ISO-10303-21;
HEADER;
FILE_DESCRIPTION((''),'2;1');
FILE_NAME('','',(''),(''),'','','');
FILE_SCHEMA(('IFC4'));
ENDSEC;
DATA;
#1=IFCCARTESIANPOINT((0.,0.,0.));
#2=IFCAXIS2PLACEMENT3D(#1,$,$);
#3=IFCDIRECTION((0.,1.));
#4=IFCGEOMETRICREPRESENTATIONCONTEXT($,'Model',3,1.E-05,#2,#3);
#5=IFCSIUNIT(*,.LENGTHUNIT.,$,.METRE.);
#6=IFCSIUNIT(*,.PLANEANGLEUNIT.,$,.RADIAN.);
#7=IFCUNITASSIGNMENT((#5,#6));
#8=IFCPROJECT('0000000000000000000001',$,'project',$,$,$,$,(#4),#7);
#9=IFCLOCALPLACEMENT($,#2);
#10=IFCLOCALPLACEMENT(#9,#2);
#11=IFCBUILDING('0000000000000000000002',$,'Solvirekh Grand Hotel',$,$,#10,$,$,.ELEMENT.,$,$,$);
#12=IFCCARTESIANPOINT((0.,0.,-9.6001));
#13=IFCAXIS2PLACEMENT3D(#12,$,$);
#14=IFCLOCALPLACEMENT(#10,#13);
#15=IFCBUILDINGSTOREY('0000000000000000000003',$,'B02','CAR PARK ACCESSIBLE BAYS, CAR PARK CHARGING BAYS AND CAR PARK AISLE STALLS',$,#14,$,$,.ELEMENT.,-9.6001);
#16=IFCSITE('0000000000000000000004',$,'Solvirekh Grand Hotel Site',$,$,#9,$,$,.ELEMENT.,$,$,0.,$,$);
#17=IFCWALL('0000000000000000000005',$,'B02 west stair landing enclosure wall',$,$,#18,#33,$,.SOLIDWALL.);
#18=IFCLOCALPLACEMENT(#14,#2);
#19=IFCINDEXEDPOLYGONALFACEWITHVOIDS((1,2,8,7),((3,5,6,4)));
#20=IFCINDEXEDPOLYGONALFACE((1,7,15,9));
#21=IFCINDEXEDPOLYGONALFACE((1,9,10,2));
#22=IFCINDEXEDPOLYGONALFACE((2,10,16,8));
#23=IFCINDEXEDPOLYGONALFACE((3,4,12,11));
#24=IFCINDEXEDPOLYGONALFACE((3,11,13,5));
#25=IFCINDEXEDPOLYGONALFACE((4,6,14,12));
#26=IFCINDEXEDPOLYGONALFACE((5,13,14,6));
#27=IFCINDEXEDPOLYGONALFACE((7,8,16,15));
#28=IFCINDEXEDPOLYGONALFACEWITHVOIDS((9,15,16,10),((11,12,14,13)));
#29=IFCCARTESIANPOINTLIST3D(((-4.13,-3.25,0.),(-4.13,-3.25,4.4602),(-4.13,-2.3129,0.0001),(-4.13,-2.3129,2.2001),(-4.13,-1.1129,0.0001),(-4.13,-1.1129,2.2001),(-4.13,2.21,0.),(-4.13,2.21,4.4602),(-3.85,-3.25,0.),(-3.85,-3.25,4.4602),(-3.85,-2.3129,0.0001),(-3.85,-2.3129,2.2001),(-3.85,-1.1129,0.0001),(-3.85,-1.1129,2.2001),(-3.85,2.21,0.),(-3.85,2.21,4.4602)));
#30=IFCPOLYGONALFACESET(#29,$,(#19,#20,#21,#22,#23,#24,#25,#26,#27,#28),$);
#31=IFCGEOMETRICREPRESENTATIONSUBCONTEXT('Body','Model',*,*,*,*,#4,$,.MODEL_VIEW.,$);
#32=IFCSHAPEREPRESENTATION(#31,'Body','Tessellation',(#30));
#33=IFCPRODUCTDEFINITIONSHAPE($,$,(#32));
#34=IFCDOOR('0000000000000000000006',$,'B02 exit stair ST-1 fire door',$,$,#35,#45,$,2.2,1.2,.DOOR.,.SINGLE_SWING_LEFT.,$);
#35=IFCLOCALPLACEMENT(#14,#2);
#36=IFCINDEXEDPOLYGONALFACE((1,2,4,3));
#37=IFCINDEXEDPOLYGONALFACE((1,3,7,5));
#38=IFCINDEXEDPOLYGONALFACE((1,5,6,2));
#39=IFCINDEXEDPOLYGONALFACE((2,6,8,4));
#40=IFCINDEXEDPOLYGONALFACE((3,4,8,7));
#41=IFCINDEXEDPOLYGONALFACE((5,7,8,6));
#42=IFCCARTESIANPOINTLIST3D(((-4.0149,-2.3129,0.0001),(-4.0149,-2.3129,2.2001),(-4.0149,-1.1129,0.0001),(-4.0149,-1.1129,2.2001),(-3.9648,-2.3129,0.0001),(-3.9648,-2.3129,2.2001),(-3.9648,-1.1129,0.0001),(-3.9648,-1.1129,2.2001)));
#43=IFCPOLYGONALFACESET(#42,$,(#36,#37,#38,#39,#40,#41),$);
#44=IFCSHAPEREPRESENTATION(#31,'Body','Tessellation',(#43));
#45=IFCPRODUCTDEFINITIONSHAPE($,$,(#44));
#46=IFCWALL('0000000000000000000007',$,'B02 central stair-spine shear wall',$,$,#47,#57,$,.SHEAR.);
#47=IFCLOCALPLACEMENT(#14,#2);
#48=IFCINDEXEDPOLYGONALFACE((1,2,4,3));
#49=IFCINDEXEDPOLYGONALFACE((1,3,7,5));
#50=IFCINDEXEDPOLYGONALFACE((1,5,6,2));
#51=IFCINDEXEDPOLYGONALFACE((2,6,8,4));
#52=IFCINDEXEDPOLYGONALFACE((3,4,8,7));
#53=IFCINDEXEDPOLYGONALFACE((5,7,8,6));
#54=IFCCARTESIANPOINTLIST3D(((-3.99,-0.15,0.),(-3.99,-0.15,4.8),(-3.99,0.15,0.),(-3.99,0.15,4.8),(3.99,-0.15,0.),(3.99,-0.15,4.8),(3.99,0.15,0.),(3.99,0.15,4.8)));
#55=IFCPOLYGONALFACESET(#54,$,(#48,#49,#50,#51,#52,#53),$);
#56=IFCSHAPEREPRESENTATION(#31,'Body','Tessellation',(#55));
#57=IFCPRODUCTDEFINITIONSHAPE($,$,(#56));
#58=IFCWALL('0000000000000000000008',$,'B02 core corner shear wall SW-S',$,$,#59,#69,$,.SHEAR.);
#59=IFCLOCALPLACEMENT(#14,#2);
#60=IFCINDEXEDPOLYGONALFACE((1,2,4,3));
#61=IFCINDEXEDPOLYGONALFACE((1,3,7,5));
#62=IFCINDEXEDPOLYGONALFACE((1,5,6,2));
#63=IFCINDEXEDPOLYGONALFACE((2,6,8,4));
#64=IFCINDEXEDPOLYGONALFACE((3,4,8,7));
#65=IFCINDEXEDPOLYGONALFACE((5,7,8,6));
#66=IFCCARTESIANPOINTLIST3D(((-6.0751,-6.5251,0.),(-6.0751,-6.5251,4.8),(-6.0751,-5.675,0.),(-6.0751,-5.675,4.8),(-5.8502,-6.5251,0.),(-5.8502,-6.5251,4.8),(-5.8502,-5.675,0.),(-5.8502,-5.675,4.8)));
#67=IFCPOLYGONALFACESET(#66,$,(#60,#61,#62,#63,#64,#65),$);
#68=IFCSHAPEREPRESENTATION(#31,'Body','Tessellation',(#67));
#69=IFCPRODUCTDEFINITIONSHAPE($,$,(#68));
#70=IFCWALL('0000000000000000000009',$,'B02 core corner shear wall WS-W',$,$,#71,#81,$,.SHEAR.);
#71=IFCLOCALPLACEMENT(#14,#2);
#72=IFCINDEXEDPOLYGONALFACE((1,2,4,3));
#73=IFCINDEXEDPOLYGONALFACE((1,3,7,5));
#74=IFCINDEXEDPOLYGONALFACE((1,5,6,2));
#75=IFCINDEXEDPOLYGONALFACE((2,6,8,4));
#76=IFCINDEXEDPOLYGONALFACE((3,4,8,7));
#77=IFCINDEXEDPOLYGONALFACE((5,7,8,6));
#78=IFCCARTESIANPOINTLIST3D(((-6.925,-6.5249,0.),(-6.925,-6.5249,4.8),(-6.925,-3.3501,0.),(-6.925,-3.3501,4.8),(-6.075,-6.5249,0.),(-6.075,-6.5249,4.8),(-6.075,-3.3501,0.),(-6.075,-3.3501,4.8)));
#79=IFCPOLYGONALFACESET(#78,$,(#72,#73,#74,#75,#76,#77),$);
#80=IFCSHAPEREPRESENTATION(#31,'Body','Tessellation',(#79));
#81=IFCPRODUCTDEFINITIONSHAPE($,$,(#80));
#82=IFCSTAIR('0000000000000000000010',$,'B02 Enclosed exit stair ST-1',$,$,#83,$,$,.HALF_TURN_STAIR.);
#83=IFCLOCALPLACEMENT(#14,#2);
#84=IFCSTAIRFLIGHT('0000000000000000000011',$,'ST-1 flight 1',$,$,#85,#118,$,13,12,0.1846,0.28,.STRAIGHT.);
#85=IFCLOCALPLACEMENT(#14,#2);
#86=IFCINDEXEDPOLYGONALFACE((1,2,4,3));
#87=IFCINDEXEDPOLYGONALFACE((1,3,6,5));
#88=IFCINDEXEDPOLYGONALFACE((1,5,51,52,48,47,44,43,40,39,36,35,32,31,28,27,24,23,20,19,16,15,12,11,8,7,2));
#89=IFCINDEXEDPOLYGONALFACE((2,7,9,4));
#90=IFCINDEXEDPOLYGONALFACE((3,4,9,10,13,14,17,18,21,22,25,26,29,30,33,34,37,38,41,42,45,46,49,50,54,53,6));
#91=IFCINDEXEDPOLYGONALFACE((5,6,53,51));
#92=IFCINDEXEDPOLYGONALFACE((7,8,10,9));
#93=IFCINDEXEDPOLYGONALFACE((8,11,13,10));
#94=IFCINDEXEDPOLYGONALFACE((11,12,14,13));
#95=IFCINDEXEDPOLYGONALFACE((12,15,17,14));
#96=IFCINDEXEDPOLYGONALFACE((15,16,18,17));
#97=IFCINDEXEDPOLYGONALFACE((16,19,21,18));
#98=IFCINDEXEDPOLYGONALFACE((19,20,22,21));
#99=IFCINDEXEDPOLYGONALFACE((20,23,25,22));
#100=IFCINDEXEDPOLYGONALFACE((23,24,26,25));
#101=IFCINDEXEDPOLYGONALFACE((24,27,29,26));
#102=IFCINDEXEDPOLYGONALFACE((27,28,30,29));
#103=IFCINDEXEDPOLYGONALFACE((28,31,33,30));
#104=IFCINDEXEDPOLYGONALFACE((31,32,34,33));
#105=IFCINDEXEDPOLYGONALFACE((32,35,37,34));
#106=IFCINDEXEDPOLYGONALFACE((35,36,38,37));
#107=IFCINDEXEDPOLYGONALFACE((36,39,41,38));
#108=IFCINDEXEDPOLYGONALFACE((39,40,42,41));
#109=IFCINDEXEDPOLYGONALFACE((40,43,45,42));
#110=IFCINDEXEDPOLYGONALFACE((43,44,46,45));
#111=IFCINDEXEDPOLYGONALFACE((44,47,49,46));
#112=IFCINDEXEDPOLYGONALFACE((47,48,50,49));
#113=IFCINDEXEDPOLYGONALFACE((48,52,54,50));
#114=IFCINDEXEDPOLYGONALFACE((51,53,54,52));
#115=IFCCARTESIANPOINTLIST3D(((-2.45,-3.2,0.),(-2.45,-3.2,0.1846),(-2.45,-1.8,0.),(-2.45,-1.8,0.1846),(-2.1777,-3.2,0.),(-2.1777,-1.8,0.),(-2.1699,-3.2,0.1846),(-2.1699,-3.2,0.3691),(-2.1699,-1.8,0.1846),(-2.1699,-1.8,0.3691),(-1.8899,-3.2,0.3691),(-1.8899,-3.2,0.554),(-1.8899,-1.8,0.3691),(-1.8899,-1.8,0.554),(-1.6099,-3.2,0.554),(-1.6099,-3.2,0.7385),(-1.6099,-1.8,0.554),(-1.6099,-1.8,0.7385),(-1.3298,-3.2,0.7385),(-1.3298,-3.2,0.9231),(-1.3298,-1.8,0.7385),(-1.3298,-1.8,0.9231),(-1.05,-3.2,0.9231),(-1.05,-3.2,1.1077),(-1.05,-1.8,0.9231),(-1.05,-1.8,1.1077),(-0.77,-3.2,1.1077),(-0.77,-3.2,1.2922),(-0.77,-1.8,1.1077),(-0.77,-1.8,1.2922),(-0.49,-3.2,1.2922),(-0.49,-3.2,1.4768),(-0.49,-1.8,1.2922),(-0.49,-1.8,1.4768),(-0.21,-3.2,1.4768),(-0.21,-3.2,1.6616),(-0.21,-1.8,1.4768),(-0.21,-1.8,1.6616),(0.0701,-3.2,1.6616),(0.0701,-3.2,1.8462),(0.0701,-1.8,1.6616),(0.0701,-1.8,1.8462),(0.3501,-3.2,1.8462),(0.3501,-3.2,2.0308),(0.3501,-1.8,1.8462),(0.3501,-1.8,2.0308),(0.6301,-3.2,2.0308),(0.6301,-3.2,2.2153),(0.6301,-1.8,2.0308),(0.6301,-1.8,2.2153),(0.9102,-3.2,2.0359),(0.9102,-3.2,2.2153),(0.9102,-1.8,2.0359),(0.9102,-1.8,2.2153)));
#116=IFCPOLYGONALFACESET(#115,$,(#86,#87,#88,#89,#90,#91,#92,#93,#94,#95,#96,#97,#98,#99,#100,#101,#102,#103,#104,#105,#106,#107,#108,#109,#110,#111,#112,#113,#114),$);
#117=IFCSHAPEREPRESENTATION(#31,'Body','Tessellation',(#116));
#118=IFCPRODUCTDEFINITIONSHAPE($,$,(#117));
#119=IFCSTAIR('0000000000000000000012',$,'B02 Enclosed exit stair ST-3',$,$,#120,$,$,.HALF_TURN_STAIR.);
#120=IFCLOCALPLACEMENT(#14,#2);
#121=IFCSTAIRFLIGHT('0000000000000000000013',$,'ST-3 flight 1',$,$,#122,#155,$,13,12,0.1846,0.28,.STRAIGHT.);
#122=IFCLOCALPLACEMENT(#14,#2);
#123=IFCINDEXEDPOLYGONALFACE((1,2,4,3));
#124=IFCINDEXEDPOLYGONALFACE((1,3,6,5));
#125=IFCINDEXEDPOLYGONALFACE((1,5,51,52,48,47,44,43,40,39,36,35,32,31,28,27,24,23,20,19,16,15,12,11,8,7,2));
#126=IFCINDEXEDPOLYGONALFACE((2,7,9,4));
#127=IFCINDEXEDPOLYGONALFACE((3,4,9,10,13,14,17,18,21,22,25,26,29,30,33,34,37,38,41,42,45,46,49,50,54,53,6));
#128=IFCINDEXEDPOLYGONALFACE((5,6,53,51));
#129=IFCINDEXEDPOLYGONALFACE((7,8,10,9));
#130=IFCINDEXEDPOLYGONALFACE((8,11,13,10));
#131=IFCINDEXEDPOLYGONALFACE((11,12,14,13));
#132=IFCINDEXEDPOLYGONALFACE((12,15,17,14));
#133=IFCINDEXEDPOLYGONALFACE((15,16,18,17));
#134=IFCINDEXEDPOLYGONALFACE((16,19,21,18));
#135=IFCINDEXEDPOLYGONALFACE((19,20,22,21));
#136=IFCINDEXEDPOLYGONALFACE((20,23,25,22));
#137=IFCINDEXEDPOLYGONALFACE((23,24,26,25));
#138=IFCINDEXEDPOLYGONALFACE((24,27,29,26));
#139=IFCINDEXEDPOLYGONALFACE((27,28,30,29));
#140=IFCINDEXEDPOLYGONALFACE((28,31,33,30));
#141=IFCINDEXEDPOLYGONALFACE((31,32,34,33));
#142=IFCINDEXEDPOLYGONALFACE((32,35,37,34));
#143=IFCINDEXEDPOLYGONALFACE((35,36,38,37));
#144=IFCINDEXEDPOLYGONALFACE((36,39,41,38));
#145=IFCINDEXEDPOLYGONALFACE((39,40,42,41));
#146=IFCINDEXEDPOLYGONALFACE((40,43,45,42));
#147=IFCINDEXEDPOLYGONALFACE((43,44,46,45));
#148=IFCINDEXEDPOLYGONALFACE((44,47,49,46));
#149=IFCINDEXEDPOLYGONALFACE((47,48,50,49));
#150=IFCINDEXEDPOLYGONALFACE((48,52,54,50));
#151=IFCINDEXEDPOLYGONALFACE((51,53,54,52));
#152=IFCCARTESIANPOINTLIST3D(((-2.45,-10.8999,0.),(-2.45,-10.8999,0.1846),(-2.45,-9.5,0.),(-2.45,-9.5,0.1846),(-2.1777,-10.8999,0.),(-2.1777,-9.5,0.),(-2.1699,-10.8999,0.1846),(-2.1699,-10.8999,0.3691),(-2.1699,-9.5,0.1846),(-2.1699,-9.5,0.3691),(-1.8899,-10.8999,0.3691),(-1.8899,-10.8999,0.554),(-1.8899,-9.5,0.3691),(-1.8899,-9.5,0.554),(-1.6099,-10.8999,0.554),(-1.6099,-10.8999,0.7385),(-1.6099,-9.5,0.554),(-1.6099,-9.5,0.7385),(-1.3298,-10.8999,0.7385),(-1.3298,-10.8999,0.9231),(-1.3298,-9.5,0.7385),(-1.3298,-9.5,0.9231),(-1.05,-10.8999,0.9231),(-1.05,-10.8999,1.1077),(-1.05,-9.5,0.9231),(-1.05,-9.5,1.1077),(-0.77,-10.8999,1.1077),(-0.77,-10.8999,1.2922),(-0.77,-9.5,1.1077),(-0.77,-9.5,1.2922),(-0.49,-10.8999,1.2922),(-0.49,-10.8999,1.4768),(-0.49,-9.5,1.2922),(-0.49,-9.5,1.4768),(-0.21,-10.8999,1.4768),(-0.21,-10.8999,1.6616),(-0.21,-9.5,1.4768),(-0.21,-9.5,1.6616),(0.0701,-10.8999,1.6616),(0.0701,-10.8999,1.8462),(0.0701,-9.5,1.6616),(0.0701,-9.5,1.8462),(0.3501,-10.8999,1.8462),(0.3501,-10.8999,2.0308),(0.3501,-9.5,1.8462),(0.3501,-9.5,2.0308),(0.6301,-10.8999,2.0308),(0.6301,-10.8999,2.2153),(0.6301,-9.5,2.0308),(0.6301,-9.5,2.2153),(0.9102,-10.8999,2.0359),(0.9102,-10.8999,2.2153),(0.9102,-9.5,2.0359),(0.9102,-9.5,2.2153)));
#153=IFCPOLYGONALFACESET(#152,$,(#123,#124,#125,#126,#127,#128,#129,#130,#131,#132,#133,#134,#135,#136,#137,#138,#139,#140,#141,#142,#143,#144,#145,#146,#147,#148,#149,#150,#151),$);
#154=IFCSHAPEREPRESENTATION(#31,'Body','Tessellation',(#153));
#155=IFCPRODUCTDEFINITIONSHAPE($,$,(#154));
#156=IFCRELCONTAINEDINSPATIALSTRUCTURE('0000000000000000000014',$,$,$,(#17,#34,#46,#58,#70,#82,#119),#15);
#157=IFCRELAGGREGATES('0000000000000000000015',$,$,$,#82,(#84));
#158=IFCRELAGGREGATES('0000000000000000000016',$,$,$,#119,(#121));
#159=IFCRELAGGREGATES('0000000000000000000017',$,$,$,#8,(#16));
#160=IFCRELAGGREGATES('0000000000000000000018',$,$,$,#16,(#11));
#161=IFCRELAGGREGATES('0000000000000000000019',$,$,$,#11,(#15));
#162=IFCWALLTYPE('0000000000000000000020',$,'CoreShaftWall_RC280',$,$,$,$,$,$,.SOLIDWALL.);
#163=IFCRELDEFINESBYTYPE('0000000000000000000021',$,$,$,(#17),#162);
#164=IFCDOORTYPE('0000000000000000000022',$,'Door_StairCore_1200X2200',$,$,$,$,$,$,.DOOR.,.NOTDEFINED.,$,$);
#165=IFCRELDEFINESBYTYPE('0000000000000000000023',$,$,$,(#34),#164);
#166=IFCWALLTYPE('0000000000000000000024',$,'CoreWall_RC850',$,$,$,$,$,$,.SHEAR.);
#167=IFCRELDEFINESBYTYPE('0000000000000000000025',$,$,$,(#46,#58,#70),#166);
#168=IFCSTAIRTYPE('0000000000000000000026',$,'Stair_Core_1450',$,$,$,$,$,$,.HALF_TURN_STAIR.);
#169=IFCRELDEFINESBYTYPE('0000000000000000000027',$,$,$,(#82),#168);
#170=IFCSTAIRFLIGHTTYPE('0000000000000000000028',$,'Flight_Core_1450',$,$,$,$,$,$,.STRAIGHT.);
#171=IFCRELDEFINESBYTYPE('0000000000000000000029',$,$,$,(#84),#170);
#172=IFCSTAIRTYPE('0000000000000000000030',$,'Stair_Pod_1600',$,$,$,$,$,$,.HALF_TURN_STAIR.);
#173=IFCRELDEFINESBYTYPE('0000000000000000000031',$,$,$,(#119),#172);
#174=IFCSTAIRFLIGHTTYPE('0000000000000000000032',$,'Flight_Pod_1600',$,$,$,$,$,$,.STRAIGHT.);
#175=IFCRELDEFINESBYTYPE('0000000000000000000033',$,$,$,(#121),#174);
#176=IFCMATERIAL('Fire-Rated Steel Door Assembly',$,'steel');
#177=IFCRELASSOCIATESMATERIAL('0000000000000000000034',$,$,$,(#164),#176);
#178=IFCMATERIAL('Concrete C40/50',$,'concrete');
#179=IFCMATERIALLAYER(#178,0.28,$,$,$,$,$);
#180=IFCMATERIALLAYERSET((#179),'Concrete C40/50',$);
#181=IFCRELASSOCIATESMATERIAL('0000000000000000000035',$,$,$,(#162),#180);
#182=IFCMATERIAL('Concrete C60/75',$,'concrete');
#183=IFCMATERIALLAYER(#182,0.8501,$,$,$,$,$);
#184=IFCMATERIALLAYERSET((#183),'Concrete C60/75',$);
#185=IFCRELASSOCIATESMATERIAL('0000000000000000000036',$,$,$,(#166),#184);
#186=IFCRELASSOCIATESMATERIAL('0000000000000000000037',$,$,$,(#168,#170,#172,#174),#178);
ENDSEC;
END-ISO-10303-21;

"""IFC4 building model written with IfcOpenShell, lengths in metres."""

from ifc_helpers import new_model, si_unit, direction, frame, frame_2d, origin, place, context, subcontext, project, spatial, polyline, rectangle, outline, extrude, material, layer, layer_set, type_object, element, fill, aggregate, save


model = new_model("IFC4")

# Units and contexts
model_context = context("Model", 3, precision=1e-05, world=origin(), true_north=direction((0.0, 1.0)))
body_context = subcontext(model_context, "Body", "Model", "MODEL_VIEW")
ifc_project = project(units=[si_unit("LENGTHUNIT", "METRE"), si_unit("PLANEANGLEUNIT", "RADIAN")], contexts=[model_context])

# Site, building, storey
site_placement = place(None, origin())
site = spatial("IfcSite", under=ifc_project, at=site_placement, Name="Solvirekh Grand Hotel Site", CompositionType="ELEMENT", RefElevation=0.0)
building_placement = place(site_placement, origin())
building = spatial("IfcBuilding", under=site, at=building_placement, Name="Solvirekh Grand Hotel", CompositionType="ELEMENT")
storey_placement = place(building_placement, frame((0.0, 0.0, -9.6001)))
storey = spatial("IfcBuildingStorey", under=building, at=storey_placement, Name="B02", Description="CAR PARK ACCESSIBLE BAYS, CAR PARK CHARGING BAYS AND CAR PARK AISLE STALLS", CompositionType="ELEMENT", Elevation=-9.6001)

# Shared definitions
ifc_material_1 = material(Name="Concrete C60/75", Category="concrete")

# Shared definitions
ifc_material_2 = material(Name="Fire-Rated Steel Door Assembly", Category="steel")
door_type = type_object("IfcDoorType", Name="Door_StairCore_1200X2200", OperationType="NOTDEFINED", PredefinedType="DOOR", material=ifc_material_2)

# Wall, opening, door
ifc_material_3 = material(Name="Concrete C40/50", Category="concrete")
ifc_layer_1 = layer(ifc_material_3, 0.28)
ifc_layer_set_1 = layer_set([ifc_layer_1], Name="Concrete C40/50")
wall_type_1 = type_object("IfcWallType", Name="CoreShaftWall_RC280", PredefinedType="SOLIDWALL", material=ifc_layer_set_1)
wall_1_placement = place(storey_placement, frame((-3.99, -3.25, 0.0), z_axis=(0.0, 0.0, 1.0), x_axis=(0.0, 1.0, 0.0)))
wall_1 = element("IfcWall", 1, at=wall_1_placement, inside=storey, type_object=wall_type_1, Name="B02 west stair landing enclosure wall", PredefinedType="SOLIDWALL", context=body_context, shape_type="SweptSolid", body=[
    extrude(rectangle(XDim=5.46, YDim=0.28, at=frame_2d((2.73, 0.0))), origin(), (0.0, 0.0, 1.0), 4.4602),
])
opening_1_placement = place(wall_1_placement, frame((0.937, 0.0, 0.0)))
opening_1 = element("IfcOpeningElement", 2, at=opening_1_placement, cuts=wall_1, PredefinedType="OPENING", context=body_context, shape_type="SweptSolid", body=[
    extrude(rectangle(XDim=1.2, YDim=2.2, at=frame_2d((0.6001, 1.1001))), frame((0.0, 0.1499, 0.0), z_axis=(0.0, -1.0, 0.0), x_axis=(1.0, 0.0, 0.0)), (0.0, 0.0, 1.0), 0.3),
])
door_1_placement = place(opening_1_placement, origin())
door_1 = element("IfcDoor", 3, at=door_1_placement, inside=storey, type_object=door_type, Name="B02 exit stair ST-1 fire door", OperationType="SINGLE_SWING_LEFT", OverallHeight=2.2, OverallWidth=1.2, PredefinedType="DOOR", context=body_context, shape_type="SweptSolid", body=[
    extrude(rectangle(XDim=1.2, YDim=2.2, at=frame_2d((0.6001, 1.1001))), frame((0.0, 0.0249, 0.0), z_axis=(0.0, -1.0, 0.0), x_axis=(1.0, 0.0, 0.0)), (0.0, 0.0, 1.0), 0.05),
])
fill(opening_1, door_1)

# Walls
ifc_layer_2 = layer(ifc_material_1, 0.8501)
ifc_layer_set_2 = layer_set([ifc_layer_2], Name="Concrete C60/75")
wall_type_2 = type_object("IfcWallType", Name="CoreWall_RC850", PredefinedType="SHEAR", material=ifc_layer_set_2)
wall_2_placement = place(storey_placement, frame((-3.99, 0.0, 0.0), z_axis=(0.0, 0.0, 1.0), x_axis=(1.0, 0.0, 0.0)))
element("IfcWall", 4, at=wall_2_placement, inside=storey, type_object=wall_type_2, Name="B02 central stair-spine shear wall", PredefinedType="SHEAR", context=body_context, shape_type="SweptSolid", body=[
    extrude(rectangle(XDim=7.98, YDim=0.3, at=frame_2d((3.99, 0.0))), origin(), (0.0, 0.0, 1.0), 4.8),
])
wall_3_placement = place(storey_placement, frame((-6.075, -6.1001, 0.0), z_axis=(0.0, 0.0, 1.0), x_axis=(1.0, 0.0, 0.0)))
element("IfcWall", 5, at=wall_3_placement, inside=storey, type_object=wall_type_2, Name="B02 core corner shear wall SW-S", PredefinedType="SHEAR", context=body_context, shape_type="SweptSolid", body=[
    extrude(rectangle(XDim=0.2249, YDim=0.8501, at=frame_2d((0.1123, 0.0))), origin(), (0.0, 0.0, 1.0), 4.8),
])
wall_4_placement = place(storey_placement, frame((-6.5, -6.5249, 0.0), z_axis=(0.0, 0.0, 1.0), x_axis=(0.0, 1.0, 0.0)))
element("IfcWall", 6, at=wall_4_placement, inside=storey, type_object=wall_type_2, Name="B02 core corner shear wall WS-W", PredefinedType="SHEAR", context=body_context, shape_type="SweptSolid", body=[
    extrude(rectangle(XDim=3.1748, YDim=0.8501, at=frame_2d((1.5874, 0.0))), origin(), (0.0, 0.0, 1.0), 4.8),
])

# Stairs, stair flights
stair_type_1 = type_object("IfcStairType", Name="Stair_Core_1450", PredefinedType="HALF_TURN_STAIR", material=ifc_material_3)
stair_1_placement = place(storey_placement, origin())
stair_1 = element("IfcStair", 7, at=stair_1_placement, inside=storey, type_object=stair_type_1, Name="B02 Enclosed exit stair ST-1", PredefinedType="HALF_TURN_STAIR")
stair_flight_type_1 = type_object("IfcStairFlightType", Name="Flight_Core_1450", PredefinedType="STRAIGHT", material=ifc_material_3)
stair_flight_1_placement = place(storey_placement, frame((-2.45, -2.5, 0.0), z_axis=(0.0, 0.0, 1.0), x_axis=(1.0, 0.0, 0.0)))
stair_flight_1 = element("IfcStairFlight", 8, at=stair_flight_1_placement, type_object=stair_flight_type_1, Name="ST-1 flight 1", NumberOfRisers=13, NumberOfTreads=12, PredefinedType="STRAIGHT", RiserHeight=0.1846, TreadLength=0.28, context=body_context, shape_type="SweptSolid", body=[
    extrude(outline(polyline([(0.0, 0.0), (0.0, 0.1846), (0.28, 0.1846), (0.28, 0.3691), (0.5601, 0.3691), (0.5601, 0.554), (0.8401, 0.554), (0.8401, 0.7385), (1.1201, 0.7385), (1.1201, 0.9231), (1.3999, 0.9231), (1.3999, 1.1077), (1.6799, 1.1077), (1.6799, 1.2922), (1.96, 1.2922), (1.96, 1.4768), (2.24, 1.4768), (2.24, 1.6616), (2.52, 1.6616), (2.52, 1.8462), (2.8, 1.8462), (2.8, 2.0308), (3.0801, 2.0308), (3.0801, 2.2153), (3.3601, 2.2153), (3.3601, 2.3999), (3.3601, 2.0359), (0.2722, 0.0), (0.0, 0.0)])), frame((0.0, 0.7, 0.0), z_axis=(0.0, -1.0, 0.0), x_axis=(1.0, 0.0, 0.0)), (0.0, 0.0, 1.0), 1.3999),
])
aggregate(stair_1, [stair_flight_1])
stair_type_2 = type_object("IfcStairType", Name="Stair_Pod_1600", PredefinedType="HALF_TURN_STAIR", material=ifc_material_3)
stair_2_placement = place(storey_placement, origin())
stair_2 = element("IfcStair", 9, at=stair_2_placement, inside=storey, type_object=stair_type_2, Name="B02 Enclosed exit stair ST-3", PredefinedType="HALF_TURN_STAIR")
stair_flight_type_2 = type_object("IfcStairFlightType", Name="Flight_Pod_1600", PredefinedType="STRAIGHT", material=ifc_material_3)
stair_flight_2_placement = place(storey_placement, frame((-2.45, -10.2, 0.0), z_axis=(0.0, 0.0, 1.0), x_axis=(1.0, 0.0, 0.0)))
stair_flight_2 = element("IfcStairFlight", 10, at=stair_flight_2_placement, type_object=stair_flight_type_2, Name="ST-3 flight 1", NumberOfRisers=13, NumberOfTreads=12, PredefinedType="STRAIGHT", RiserHeight=0.1846, TreadLength=0.28, context=body_context, shape_type="SweptSolid", body=[
    extrude(outline(polyline([(0.0, 0.0), (0.0, 0.1846), (0.28, 0.1846), (0.28, 0.3691), (0.5601, 0.3691), (0.5601, 0.554), (0.8401, 0.554), (0.8401, 0.7385), (1.1201, 0.7385), (1.1201, 0.9231), (1.3999, 0.9231), (1.3999, 1.1077), (1.6799, 1.1077), (1.6799, 1.2922), (1.96, 1.2922), (1.96, 1.4768), (2.24, 1.4768), (2.24, 1.6616), (2.52, 1.6616), (2.52, 1.8462), (2.8, 1.8462), (2.8, 2.0308), (3.0801, 2.0308), (3.0801, 2.2153), (3.3601, 2.2153), (3.3601, 2.3999), (3.3601, 2.0359), (0.2722, 0.0), (0.0, 0.0)])), frame((0.0, 0.7, 0.0), z_axis=(0.0, -1.0, 0.0), x_axis=(1.0, 0.0, 0.0)), (0.0, 0.0, 1.0), 1.3999),
])
aggregate(stair_2, [stair_flight_2])

save(model, "model.ifc")
